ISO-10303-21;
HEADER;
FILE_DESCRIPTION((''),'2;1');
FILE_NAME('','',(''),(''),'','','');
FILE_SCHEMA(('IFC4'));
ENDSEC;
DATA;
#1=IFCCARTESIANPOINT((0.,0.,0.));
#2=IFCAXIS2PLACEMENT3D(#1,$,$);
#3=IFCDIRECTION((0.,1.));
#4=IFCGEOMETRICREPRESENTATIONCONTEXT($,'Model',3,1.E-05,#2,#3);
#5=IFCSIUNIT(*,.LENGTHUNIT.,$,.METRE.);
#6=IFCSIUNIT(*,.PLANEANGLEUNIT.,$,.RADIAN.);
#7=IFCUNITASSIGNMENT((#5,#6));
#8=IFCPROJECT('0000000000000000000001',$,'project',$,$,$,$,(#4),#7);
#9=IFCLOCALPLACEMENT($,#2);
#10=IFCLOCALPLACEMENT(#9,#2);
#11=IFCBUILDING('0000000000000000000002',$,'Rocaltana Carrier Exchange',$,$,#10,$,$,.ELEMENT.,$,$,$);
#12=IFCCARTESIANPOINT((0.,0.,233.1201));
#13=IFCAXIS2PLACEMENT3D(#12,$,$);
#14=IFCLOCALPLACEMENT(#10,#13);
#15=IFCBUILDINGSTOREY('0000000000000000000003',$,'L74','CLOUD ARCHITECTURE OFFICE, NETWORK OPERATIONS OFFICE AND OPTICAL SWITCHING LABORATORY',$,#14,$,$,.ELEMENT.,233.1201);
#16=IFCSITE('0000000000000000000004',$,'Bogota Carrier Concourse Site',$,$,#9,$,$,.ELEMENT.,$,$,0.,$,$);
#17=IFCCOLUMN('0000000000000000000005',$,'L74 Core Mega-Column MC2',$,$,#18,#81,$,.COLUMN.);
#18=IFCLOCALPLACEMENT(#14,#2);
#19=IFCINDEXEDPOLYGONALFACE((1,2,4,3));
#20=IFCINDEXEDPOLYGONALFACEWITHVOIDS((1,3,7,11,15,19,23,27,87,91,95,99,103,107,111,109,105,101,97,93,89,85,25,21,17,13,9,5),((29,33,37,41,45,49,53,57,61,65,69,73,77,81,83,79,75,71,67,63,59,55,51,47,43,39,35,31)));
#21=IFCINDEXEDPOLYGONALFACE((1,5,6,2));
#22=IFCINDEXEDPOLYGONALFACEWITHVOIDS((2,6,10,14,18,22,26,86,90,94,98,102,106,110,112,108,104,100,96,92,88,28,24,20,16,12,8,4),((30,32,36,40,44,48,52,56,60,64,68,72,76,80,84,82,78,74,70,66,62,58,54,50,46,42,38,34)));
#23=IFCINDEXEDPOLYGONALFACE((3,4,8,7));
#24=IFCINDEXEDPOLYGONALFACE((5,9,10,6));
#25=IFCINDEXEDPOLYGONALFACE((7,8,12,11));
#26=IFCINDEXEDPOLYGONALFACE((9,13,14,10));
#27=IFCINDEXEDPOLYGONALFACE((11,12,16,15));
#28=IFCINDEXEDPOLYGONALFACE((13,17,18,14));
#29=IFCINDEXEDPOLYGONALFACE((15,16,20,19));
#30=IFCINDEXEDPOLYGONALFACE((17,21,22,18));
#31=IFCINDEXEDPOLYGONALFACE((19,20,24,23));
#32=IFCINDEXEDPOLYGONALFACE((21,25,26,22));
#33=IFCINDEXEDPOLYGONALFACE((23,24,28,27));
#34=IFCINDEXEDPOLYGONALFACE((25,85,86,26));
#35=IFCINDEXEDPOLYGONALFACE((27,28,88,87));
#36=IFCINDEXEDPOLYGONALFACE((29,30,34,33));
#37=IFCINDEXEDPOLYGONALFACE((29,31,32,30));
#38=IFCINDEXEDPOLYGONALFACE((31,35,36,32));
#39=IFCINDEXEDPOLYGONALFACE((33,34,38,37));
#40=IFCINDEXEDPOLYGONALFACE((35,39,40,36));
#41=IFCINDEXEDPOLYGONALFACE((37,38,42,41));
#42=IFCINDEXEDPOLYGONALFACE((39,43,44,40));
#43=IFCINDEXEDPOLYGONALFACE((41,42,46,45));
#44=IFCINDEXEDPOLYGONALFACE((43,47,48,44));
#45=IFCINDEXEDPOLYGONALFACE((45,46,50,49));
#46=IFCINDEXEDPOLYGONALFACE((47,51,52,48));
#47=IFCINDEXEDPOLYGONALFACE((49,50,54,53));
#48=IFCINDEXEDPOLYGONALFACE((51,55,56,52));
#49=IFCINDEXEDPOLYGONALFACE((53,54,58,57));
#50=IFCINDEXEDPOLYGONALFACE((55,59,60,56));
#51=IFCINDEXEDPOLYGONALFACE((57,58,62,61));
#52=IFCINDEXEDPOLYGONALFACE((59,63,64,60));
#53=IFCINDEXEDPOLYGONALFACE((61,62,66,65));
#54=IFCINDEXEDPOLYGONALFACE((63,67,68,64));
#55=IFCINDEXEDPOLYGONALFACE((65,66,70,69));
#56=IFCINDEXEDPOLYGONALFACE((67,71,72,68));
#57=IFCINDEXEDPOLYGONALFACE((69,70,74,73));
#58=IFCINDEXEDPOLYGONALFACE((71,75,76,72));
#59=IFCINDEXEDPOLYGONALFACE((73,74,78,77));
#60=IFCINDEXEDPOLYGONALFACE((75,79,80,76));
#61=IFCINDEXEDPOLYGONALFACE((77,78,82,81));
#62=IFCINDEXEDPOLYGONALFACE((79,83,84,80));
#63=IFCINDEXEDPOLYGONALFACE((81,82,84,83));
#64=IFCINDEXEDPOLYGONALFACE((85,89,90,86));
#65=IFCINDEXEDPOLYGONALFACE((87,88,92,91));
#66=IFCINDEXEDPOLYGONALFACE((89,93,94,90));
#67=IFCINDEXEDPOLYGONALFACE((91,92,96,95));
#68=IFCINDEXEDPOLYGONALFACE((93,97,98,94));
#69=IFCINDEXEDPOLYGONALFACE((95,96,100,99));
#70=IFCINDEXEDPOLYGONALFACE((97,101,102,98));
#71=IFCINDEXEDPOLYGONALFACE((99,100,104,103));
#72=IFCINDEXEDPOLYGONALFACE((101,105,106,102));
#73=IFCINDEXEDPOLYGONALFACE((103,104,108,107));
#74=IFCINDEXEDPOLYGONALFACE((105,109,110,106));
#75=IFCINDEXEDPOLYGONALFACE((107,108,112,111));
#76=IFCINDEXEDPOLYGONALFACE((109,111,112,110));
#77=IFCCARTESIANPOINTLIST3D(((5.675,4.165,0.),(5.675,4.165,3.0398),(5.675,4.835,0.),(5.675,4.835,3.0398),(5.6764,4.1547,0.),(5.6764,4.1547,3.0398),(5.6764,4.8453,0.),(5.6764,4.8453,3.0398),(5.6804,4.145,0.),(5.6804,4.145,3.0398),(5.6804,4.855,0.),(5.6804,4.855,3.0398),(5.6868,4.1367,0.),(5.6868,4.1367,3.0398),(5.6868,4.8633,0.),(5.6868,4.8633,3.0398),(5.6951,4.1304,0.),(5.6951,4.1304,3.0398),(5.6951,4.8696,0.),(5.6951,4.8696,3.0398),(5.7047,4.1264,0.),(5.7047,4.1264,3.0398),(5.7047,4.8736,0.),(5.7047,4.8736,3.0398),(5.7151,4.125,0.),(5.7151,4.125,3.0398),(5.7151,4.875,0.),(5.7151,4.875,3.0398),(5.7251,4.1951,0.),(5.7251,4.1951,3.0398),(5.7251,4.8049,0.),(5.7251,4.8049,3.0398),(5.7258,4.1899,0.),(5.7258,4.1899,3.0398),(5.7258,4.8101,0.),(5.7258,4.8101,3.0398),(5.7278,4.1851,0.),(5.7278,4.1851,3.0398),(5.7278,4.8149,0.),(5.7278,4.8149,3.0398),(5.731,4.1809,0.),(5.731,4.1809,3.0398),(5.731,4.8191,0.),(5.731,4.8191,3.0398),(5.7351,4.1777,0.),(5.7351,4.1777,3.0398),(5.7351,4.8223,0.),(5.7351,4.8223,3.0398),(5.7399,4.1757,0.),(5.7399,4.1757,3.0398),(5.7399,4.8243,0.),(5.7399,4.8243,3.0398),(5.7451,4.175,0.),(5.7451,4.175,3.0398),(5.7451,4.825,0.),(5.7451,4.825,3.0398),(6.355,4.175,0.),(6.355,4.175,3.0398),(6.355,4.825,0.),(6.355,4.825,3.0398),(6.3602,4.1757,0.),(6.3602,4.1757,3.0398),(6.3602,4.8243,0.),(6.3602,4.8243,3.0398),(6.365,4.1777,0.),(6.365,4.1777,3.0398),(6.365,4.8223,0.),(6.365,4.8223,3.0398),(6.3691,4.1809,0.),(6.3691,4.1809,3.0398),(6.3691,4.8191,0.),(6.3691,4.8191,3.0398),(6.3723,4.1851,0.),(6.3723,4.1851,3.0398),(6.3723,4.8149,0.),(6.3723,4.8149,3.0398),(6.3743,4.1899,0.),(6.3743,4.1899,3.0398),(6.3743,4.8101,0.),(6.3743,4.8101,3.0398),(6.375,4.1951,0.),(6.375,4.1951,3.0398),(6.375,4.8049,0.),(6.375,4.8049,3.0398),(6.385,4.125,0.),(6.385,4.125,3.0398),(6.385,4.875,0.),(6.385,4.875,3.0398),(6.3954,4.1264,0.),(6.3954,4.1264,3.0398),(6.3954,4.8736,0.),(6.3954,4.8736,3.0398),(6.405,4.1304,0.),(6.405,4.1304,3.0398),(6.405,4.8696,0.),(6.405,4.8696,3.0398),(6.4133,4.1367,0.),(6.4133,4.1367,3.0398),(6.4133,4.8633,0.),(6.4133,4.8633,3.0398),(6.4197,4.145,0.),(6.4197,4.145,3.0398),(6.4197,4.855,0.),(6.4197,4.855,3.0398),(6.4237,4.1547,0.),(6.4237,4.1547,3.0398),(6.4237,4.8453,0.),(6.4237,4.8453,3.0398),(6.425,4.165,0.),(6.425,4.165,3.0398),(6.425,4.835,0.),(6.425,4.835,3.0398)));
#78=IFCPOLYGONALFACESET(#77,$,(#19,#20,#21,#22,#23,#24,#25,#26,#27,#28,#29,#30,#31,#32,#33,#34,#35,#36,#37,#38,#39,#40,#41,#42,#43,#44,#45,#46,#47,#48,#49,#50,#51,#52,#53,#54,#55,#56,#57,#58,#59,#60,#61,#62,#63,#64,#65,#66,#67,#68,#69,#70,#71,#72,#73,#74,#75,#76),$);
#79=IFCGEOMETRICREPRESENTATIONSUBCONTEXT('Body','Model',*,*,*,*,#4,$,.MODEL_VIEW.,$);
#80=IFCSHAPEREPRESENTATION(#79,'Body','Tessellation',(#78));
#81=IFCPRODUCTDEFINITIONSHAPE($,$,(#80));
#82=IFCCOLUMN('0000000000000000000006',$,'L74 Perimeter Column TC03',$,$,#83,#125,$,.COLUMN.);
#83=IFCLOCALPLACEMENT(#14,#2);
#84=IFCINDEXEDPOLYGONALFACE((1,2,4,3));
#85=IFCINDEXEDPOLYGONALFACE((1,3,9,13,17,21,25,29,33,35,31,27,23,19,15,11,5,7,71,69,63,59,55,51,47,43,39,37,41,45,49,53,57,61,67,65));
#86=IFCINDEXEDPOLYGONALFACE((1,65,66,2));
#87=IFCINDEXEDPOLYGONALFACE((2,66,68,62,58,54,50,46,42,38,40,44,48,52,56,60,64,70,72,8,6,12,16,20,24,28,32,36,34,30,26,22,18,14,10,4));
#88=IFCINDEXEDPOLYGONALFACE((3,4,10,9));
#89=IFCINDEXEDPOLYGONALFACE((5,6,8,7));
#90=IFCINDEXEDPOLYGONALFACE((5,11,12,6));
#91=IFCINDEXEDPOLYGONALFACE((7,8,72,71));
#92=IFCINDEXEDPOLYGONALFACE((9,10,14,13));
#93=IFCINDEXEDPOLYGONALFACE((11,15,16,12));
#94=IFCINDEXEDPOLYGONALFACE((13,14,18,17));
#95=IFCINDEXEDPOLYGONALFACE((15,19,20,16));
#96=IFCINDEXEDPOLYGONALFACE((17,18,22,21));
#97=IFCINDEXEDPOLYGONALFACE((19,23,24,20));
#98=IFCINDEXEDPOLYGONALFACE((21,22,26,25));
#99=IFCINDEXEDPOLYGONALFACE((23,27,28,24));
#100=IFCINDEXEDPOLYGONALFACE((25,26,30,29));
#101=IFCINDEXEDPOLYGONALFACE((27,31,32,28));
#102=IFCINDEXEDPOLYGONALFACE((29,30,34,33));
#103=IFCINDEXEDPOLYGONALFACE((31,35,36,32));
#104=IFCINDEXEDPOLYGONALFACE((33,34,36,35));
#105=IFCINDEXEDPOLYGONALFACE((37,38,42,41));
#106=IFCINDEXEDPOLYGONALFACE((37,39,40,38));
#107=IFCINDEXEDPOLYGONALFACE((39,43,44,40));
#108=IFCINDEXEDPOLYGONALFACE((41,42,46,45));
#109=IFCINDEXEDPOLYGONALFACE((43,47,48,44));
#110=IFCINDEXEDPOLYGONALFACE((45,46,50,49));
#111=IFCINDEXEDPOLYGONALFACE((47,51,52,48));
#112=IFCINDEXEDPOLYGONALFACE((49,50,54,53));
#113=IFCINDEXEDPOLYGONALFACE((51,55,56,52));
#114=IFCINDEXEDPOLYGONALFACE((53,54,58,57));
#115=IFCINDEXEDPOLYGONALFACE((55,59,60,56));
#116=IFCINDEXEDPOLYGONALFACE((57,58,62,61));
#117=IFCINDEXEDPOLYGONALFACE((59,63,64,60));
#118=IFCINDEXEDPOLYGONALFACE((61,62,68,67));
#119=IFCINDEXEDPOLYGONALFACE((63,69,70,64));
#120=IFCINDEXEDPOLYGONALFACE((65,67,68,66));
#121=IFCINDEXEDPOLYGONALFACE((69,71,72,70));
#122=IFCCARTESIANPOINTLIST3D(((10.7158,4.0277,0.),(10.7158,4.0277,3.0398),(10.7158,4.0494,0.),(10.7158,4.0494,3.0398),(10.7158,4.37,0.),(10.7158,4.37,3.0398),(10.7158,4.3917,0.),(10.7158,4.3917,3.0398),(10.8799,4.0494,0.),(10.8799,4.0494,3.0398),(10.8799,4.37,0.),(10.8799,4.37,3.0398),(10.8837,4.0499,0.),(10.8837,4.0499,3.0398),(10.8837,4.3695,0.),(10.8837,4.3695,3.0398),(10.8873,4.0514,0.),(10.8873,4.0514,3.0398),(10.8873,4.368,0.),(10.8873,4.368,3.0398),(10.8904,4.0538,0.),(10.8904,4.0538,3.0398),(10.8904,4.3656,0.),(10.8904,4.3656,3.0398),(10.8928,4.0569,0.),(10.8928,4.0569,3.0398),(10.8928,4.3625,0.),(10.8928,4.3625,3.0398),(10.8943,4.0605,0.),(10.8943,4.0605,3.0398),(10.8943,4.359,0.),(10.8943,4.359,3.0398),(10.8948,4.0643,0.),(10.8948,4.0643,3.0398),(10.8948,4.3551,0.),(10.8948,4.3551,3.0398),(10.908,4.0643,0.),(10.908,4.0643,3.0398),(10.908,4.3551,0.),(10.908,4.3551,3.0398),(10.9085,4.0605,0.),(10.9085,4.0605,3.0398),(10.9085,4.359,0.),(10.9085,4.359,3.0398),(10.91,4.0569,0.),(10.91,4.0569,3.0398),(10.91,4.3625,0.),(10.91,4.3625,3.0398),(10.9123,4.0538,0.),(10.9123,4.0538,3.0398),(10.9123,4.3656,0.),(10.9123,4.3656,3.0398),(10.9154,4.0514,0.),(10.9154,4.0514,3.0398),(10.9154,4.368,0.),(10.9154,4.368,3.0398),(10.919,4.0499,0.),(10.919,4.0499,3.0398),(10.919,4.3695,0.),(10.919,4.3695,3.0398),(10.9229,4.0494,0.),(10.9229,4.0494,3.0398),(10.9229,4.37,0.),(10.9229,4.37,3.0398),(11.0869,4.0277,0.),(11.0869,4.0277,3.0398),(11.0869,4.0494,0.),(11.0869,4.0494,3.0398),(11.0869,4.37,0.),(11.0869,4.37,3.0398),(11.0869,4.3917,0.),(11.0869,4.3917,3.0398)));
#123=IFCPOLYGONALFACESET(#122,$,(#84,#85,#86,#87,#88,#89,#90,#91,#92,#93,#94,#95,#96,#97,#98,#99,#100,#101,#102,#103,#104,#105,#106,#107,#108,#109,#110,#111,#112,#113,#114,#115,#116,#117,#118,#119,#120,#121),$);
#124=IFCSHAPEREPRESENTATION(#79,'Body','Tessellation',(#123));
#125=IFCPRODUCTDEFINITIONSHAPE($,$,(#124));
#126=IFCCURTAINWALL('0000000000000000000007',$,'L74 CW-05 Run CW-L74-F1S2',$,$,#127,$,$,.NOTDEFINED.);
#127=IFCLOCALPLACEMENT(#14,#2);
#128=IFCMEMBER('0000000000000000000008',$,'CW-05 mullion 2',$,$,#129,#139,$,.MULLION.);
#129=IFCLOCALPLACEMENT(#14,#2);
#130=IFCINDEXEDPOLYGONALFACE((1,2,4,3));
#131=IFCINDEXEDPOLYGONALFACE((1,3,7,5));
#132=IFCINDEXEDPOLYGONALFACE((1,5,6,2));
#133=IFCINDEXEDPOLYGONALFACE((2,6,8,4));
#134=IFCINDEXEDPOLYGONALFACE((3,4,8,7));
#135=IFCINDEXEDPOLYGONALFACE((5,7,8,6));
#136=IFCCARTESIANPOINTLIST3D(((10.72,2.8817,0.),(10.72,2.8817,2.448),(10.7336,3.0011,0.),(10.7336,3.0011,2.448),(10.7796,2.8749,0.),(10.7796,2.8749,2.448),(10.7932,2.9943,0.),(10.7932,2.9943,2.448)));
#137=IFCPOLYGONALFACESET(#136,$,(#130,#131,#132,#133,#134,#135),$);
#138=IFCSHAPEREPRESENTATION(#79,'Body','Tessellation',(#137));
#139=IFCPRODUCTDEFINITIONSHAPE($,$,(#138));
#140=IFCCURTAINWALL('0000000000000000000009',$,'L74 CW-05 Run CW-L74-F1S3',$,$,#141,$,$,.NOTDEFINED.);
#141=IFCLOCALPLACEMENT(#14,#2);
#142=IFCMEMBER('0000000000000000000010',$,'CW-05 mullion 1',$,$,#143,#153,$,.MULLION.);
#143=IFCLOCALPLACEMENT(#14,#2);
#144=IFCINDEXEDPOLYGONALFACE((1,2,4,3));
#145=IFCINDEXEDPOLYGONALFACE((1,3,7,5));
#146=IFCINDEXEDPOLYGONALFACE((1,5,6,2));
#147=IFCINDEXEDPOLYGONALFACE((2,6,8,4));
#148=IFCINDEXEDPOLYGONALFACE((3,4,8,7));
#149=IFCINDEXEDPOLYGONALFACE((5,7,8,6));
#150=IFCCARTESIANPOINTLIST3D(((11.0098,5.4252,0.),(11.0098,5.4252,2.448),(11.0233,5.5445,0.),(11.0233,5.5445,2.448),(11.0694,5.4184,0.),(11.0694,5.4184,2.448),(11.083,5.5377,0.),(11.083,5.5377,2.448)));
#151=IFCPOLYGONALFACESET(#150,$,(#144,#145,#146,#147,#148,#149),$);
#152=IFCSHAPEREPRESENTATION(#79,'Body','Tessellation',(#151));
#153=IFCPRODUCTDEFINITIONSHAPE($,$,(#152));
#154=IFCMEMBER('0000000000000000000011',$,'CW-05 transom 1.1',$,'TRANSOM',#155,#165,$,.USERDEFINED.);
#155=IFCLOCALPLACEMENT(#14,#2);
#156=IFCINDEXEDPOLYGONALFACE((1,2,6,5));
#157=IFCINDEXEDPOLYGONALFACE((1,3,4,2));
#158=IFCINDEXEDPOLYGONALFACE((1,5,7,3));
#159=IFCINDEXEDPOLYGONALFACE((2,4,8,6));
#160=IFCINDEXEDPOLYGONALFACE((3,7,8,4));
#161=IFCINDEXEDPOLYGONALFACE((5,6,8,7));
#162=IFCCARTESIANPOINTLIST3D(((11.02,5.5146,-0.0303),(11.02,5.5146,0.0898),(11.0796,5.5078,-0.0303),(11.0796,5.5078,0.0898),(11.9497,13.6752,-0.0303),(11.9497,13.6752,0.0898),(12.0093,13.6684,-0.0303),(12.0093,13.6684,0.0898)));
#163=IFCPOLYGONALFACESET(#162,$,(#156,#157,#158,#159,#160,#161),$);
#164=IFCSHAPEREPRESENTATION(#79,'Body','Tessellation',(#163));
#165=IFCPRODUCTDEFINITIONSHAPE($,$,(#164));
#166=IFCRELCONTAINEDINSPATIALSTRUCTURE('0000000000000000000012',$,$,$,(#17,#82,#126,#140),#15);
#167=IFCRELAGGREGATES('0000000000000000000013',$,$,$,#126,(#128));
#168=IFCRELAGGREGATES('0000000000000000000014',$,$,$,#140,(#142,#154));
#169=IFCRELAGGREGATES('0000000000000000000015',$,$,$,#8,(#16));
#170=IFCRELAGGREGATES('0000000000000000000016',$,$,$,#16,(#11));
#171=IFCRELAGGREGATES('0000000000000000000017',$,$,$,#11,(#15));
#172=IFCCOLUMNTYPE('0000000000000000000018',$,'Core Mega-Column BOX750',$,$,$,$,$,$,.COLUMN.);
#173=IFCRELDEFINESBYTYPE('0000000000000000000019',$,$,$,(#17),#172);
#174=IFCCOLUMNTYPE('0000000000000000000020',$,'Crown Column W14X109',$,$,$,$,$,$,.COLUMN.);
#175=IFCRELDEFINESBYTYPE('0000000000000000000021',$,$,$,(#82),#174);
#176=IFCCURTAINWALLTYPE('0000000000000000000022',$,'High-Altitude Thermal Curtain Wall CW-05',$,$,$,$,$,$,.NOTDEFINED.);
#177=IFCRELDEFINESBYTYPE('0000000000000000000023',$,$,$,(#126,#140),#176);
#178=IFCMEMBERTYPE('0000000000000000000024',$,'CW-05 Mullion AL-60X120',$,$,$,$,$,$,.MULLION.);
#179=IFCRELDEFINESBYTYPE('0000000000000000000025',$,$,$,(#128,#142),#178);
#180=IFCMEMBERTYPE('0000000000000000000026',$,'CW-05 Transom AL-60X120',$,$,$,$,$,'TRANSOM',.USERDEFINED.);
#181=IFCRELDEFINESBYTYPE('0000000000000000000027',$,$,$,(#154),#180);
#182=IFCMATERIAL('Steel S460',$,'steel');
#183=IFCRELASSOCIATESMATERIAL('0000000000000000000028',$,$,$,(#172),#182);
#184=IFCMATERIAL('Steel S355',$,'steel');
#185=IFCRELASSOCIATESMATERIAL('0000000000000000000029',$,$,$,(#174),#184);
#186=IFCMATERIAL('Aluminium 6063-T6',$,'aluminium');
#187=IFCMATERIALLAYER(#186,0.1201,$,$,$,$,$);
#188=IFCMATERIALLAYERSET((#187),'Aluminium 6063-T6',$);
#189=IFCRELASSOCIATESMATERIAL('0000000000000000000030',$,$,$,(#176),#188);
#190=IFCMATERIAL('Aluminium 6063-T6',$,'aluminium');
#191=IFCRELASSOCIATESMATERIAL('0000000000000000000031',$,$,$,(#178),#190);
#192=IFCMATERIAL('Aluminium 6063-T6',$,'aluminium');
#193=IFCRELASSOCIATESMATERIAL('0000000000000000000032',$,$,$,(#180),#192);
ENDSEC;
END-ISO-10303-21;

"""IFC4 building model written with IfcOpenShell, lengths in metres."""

from ifc_helpers import new_model, si_unit, direction, frame, origin, origin_2d, place, context, subcontext, project, spatial, rectangle, hollow_rectangle, i_section, extrude, material, layer, layer_set, material_profile, profile_set, type_object, element, aggregate, save


model = new_model("IFC4")

# Units and contexts
model_context = context("Model", 3, precision=1e-05, world=origin(), true_north=direction((0.0, 1.0)))
body_context = subcontext(model_context, "Body", "Model", "MODEL_VIEW")
ifc_project = project(units=[si_unit("LENGTHUNIT", "METRE"), si_unit("PLANEANGLEUNIT", "RADIAN")], contexts=[model_context])

# Site, building, storey
site_placement = place(None, origin())
site = spatial("IfcSite", under=ifc_project, at=site_placement, Name="Bogota Carrier Concourse Site", CompositionType="ELEMENT", RefElevation=0.0)
building_placement = place(site_placement, origin())
building = spatial("IfcBuilding", under=site, at=building_placement, Name="Rocaltana Carrier Exchange", CompositionType="ELEMENT")
storey_placement = place(building_placement, frame((0.0, 0.0, 233.1201)))
storey = spatial("IfcBuildingStorey", under=building, at=storey_placement, Name="L74", Description="CLOUD ARCHITECTURE OFFICE, NETWORK OPERATIONS OFFICE AND OPTICAL SWITCHING LABORATORY", CompositionType="ELEMENT", Elevation=233.1201)

# Columns
ifc_material_1 = material(Name="Steel S460", Category="steel")
ifc_material_profile_1 = material_profile(ifc_material_1, hollow_rectangle(XDim=0.75, YDim=0.75, WallThickness=0.05, InnerFilletRadius=0.02, OuterFilletRadius=0.04, at=origin_2d()), Name="BOX750X750X50")
ifc_profile_set_1 = profile_set([ifc_material_profile_1], Name="Steel S460")
column_type_1 = type_object("IfcColumnType", Name="Core Mega-Column BOX750", PredefinedType="COLUMN", material=ifc_profile_set_1)
column_1_placement = place(storey_placement, frame((6.05, 4.5, 0.0), z_axis=(0.0, 0.0, 1.0), x_axis=(1.0, 0.0, 0.0)))
element("IfcColumn", 1, at=column_1_placement, inside=storey, type_object=column_type_1, Name="L74 Core Mega-Column MC2", PredefinedType="COLUMN", context=body_context, shape_type="SweptSolid", body=[
    extrude(hollow_rectangle(XDim=0.75, YDim=0.75, WallThickness=0.05, InnerFilletRadius=0.02, OuterFilletRadius=0.04, at=origin_2d()), origin(), (0.0, 0.0, 1.0), 3.0398),
])
ifc_material_2 = material(Name="Steel S355", Category="steel")
ifc_material_profile_2 = material_profile(ifc_material_2, i_section(OverallWidth=0.3711, OverallDepth=0.364, WebThickness=0.0132, FlangeThickness=0.0217, FilletRadius=0.0149, at=origin_2d()), Name="W14X109")
ifc_profile_set_2 = profile_set([ifc_material_profile_2], Name="Steel S355")
column_type_2 = type_object("IfcColumnType", Name="Crown Column W14X109", PredefinedType="COLUMN", material=ifc_profile_set_2)
column_2_placement = place(storey_placement, frame((10.9014, 4.2097, 0.0), z_axis=(0.0, 0.0, 1.0), x_axis=(1.0, 0.0, 0.0)))
element("IfcColumn", 2, at=column_2_placement, inside=storey, type_object=column_type_2, Name="L74 Perimeter Column TC03", PredefinedType="COLUMN", context=body_context, shape_type="SweptSolid", body=[
    extrude(i_section(OverallWidth=0.3711, OverallDepth=0.364, WebThickness=0.0132, FlangeThickness=0.0217, FilletRadius=0.0149, at=origin_2d()), origin(), (0.0, 0.0, 1.0), 3.0398),
])

# Curtain wall, member
ifc_material_3 = material(Name="Aluminium 6063-T6", Category="aluminium")
ifc_layer_1 = layer(ifc_material_3, 0.1201)
ifc_layer_set_1 = layer_set([ifc_layer_1], Name="Aluminium 6063-T6")
curtain_wall_type = type_object("IfcCurtainWallType", Name="High-Altitude Thermal Curtain Wall CW-05", PredefinedType="NOTDEFINED", material=ifc_layer_set_1)
curtain_wall_1_placement = place(storey_placement, origin())
curtain_wall_1 = element("IfcCurtainWall", 3, at=curtain_wall_1_placement, inside=storey, type_object=curtain_wall_type, Name="L74 CW-05 Run CW-L74-F1S2", PredefinedType="NOTDEFINED")
ifc_material_4 = material(Name="Aluminium 6063-T6", Category="aluminium")
ifc_material_profile_3 = material_profile(ifc_material_4, rectangle(XDim=0.0601, YDim=0.1201, at=origin_2d()), Name="AL-60X120")
ifc_profile_set_3 = profile_set([ifc_material_profile_3], Name="Aluminium 6063-T6")
member_type_1 = type_object("IfcMemberType", Name="CW-05 Mullion AL-60X120", PredefinedType="MULLION", material=ifc_profile_set_3)
member_1_placement = place(storey_placement, frame((10.7566, 2.938, 0.0), z_axis=(0.0, 0.0, 1.0), x_axis=(-0.993571, 0.113209, 0.0)))
member_1 = element("IfcMember", 4, at=member_1_placement, type_object=member_type_1, Name="CW-05 mullion 2", PredefinedType="MULLION", context=body_context, shape_type="SweptSolid", body=[
    extrude(rectangle(XDim=0.0601, YDim=0.1201, at=origin_2d()), origin(), (0.0, 0.0, 1.0), 2.448),
])
aggregate(curtain_wall_1, [member_1])

# Curtain wall, members
curtain_wall_2_placement = place(storey_placement, origin())
curtain_wall_2 = element("IfcCurtainWall", 5, at=curtain_wall_2_placement, inside=storey, type_object=curtain_wall_type, Name="L74 CW-05 Run CW-L74-F1S3", PredefinedType="NOTDEFINED")
member_2_placement = place(storey_placement, frame((11.0464, 5.4814, 0.0), z_axis=(0.0, 0.0, 1.0), x_axis=(-0.993573, 0.113197, 0.0)))
member_2 = element("IfcMember", 6, at=member_2_placement, type_object=member_type_1, Name="CW-05 mullion 1", PredefinedType="MULLION", context=body_context, shape_type="SweptSolid", body=[
    extrude(rectangle(XDim=0.0601, YDim=0.1201, at=origin_2d()), origin(), (0.0, 0.0, 1.0), 2.448),
])
ifc_material_5 = material(Name="Aluminium 6063-T6", Category="aluminium")
ifc_material_profile_4 = material_profile(ifc_material_5, rectangle(XDim=0.0601, YDim=0.1201, at=origin_2d()), Name="AL-60X120")
ifc_profile_set_4 = profile_set([ifc_material_profile_4], Name="Aluminium 6063-T6")
member_type_2 = type_object("IfcMemberType", Name="CW-05 Transom AL-60X120", ElementType="TRANSOM", PredefinedType="USERDEFINED", material=ifc_profile_set_4)
member_3_placement = place(storey_placement, frame((11.0498, 5.5112, 0.0298), z_axis=(0.113191, 0.993573, 0.0), x_axis=(-0.993573, 0.113191, 0.0)))
member_3 = element("IfcMember", 7, at=member_3_placement, type_object=member_type_2, Name="CW-05 transom 1.1", ObjectType="TRANSOM", PredefinedType="USERDEFINED", context=body_context, shape_type="SweptSolid", body=[
    extrude(rectangle(XDim=0.0601, YDim=0.1201, at=origin_2d()), origin(), (0.0, 0.0, 1.0), 8.2134),
])
aggregate(curtain_wall_2, [member_2, member_3])

save(model, "model.ifc")
